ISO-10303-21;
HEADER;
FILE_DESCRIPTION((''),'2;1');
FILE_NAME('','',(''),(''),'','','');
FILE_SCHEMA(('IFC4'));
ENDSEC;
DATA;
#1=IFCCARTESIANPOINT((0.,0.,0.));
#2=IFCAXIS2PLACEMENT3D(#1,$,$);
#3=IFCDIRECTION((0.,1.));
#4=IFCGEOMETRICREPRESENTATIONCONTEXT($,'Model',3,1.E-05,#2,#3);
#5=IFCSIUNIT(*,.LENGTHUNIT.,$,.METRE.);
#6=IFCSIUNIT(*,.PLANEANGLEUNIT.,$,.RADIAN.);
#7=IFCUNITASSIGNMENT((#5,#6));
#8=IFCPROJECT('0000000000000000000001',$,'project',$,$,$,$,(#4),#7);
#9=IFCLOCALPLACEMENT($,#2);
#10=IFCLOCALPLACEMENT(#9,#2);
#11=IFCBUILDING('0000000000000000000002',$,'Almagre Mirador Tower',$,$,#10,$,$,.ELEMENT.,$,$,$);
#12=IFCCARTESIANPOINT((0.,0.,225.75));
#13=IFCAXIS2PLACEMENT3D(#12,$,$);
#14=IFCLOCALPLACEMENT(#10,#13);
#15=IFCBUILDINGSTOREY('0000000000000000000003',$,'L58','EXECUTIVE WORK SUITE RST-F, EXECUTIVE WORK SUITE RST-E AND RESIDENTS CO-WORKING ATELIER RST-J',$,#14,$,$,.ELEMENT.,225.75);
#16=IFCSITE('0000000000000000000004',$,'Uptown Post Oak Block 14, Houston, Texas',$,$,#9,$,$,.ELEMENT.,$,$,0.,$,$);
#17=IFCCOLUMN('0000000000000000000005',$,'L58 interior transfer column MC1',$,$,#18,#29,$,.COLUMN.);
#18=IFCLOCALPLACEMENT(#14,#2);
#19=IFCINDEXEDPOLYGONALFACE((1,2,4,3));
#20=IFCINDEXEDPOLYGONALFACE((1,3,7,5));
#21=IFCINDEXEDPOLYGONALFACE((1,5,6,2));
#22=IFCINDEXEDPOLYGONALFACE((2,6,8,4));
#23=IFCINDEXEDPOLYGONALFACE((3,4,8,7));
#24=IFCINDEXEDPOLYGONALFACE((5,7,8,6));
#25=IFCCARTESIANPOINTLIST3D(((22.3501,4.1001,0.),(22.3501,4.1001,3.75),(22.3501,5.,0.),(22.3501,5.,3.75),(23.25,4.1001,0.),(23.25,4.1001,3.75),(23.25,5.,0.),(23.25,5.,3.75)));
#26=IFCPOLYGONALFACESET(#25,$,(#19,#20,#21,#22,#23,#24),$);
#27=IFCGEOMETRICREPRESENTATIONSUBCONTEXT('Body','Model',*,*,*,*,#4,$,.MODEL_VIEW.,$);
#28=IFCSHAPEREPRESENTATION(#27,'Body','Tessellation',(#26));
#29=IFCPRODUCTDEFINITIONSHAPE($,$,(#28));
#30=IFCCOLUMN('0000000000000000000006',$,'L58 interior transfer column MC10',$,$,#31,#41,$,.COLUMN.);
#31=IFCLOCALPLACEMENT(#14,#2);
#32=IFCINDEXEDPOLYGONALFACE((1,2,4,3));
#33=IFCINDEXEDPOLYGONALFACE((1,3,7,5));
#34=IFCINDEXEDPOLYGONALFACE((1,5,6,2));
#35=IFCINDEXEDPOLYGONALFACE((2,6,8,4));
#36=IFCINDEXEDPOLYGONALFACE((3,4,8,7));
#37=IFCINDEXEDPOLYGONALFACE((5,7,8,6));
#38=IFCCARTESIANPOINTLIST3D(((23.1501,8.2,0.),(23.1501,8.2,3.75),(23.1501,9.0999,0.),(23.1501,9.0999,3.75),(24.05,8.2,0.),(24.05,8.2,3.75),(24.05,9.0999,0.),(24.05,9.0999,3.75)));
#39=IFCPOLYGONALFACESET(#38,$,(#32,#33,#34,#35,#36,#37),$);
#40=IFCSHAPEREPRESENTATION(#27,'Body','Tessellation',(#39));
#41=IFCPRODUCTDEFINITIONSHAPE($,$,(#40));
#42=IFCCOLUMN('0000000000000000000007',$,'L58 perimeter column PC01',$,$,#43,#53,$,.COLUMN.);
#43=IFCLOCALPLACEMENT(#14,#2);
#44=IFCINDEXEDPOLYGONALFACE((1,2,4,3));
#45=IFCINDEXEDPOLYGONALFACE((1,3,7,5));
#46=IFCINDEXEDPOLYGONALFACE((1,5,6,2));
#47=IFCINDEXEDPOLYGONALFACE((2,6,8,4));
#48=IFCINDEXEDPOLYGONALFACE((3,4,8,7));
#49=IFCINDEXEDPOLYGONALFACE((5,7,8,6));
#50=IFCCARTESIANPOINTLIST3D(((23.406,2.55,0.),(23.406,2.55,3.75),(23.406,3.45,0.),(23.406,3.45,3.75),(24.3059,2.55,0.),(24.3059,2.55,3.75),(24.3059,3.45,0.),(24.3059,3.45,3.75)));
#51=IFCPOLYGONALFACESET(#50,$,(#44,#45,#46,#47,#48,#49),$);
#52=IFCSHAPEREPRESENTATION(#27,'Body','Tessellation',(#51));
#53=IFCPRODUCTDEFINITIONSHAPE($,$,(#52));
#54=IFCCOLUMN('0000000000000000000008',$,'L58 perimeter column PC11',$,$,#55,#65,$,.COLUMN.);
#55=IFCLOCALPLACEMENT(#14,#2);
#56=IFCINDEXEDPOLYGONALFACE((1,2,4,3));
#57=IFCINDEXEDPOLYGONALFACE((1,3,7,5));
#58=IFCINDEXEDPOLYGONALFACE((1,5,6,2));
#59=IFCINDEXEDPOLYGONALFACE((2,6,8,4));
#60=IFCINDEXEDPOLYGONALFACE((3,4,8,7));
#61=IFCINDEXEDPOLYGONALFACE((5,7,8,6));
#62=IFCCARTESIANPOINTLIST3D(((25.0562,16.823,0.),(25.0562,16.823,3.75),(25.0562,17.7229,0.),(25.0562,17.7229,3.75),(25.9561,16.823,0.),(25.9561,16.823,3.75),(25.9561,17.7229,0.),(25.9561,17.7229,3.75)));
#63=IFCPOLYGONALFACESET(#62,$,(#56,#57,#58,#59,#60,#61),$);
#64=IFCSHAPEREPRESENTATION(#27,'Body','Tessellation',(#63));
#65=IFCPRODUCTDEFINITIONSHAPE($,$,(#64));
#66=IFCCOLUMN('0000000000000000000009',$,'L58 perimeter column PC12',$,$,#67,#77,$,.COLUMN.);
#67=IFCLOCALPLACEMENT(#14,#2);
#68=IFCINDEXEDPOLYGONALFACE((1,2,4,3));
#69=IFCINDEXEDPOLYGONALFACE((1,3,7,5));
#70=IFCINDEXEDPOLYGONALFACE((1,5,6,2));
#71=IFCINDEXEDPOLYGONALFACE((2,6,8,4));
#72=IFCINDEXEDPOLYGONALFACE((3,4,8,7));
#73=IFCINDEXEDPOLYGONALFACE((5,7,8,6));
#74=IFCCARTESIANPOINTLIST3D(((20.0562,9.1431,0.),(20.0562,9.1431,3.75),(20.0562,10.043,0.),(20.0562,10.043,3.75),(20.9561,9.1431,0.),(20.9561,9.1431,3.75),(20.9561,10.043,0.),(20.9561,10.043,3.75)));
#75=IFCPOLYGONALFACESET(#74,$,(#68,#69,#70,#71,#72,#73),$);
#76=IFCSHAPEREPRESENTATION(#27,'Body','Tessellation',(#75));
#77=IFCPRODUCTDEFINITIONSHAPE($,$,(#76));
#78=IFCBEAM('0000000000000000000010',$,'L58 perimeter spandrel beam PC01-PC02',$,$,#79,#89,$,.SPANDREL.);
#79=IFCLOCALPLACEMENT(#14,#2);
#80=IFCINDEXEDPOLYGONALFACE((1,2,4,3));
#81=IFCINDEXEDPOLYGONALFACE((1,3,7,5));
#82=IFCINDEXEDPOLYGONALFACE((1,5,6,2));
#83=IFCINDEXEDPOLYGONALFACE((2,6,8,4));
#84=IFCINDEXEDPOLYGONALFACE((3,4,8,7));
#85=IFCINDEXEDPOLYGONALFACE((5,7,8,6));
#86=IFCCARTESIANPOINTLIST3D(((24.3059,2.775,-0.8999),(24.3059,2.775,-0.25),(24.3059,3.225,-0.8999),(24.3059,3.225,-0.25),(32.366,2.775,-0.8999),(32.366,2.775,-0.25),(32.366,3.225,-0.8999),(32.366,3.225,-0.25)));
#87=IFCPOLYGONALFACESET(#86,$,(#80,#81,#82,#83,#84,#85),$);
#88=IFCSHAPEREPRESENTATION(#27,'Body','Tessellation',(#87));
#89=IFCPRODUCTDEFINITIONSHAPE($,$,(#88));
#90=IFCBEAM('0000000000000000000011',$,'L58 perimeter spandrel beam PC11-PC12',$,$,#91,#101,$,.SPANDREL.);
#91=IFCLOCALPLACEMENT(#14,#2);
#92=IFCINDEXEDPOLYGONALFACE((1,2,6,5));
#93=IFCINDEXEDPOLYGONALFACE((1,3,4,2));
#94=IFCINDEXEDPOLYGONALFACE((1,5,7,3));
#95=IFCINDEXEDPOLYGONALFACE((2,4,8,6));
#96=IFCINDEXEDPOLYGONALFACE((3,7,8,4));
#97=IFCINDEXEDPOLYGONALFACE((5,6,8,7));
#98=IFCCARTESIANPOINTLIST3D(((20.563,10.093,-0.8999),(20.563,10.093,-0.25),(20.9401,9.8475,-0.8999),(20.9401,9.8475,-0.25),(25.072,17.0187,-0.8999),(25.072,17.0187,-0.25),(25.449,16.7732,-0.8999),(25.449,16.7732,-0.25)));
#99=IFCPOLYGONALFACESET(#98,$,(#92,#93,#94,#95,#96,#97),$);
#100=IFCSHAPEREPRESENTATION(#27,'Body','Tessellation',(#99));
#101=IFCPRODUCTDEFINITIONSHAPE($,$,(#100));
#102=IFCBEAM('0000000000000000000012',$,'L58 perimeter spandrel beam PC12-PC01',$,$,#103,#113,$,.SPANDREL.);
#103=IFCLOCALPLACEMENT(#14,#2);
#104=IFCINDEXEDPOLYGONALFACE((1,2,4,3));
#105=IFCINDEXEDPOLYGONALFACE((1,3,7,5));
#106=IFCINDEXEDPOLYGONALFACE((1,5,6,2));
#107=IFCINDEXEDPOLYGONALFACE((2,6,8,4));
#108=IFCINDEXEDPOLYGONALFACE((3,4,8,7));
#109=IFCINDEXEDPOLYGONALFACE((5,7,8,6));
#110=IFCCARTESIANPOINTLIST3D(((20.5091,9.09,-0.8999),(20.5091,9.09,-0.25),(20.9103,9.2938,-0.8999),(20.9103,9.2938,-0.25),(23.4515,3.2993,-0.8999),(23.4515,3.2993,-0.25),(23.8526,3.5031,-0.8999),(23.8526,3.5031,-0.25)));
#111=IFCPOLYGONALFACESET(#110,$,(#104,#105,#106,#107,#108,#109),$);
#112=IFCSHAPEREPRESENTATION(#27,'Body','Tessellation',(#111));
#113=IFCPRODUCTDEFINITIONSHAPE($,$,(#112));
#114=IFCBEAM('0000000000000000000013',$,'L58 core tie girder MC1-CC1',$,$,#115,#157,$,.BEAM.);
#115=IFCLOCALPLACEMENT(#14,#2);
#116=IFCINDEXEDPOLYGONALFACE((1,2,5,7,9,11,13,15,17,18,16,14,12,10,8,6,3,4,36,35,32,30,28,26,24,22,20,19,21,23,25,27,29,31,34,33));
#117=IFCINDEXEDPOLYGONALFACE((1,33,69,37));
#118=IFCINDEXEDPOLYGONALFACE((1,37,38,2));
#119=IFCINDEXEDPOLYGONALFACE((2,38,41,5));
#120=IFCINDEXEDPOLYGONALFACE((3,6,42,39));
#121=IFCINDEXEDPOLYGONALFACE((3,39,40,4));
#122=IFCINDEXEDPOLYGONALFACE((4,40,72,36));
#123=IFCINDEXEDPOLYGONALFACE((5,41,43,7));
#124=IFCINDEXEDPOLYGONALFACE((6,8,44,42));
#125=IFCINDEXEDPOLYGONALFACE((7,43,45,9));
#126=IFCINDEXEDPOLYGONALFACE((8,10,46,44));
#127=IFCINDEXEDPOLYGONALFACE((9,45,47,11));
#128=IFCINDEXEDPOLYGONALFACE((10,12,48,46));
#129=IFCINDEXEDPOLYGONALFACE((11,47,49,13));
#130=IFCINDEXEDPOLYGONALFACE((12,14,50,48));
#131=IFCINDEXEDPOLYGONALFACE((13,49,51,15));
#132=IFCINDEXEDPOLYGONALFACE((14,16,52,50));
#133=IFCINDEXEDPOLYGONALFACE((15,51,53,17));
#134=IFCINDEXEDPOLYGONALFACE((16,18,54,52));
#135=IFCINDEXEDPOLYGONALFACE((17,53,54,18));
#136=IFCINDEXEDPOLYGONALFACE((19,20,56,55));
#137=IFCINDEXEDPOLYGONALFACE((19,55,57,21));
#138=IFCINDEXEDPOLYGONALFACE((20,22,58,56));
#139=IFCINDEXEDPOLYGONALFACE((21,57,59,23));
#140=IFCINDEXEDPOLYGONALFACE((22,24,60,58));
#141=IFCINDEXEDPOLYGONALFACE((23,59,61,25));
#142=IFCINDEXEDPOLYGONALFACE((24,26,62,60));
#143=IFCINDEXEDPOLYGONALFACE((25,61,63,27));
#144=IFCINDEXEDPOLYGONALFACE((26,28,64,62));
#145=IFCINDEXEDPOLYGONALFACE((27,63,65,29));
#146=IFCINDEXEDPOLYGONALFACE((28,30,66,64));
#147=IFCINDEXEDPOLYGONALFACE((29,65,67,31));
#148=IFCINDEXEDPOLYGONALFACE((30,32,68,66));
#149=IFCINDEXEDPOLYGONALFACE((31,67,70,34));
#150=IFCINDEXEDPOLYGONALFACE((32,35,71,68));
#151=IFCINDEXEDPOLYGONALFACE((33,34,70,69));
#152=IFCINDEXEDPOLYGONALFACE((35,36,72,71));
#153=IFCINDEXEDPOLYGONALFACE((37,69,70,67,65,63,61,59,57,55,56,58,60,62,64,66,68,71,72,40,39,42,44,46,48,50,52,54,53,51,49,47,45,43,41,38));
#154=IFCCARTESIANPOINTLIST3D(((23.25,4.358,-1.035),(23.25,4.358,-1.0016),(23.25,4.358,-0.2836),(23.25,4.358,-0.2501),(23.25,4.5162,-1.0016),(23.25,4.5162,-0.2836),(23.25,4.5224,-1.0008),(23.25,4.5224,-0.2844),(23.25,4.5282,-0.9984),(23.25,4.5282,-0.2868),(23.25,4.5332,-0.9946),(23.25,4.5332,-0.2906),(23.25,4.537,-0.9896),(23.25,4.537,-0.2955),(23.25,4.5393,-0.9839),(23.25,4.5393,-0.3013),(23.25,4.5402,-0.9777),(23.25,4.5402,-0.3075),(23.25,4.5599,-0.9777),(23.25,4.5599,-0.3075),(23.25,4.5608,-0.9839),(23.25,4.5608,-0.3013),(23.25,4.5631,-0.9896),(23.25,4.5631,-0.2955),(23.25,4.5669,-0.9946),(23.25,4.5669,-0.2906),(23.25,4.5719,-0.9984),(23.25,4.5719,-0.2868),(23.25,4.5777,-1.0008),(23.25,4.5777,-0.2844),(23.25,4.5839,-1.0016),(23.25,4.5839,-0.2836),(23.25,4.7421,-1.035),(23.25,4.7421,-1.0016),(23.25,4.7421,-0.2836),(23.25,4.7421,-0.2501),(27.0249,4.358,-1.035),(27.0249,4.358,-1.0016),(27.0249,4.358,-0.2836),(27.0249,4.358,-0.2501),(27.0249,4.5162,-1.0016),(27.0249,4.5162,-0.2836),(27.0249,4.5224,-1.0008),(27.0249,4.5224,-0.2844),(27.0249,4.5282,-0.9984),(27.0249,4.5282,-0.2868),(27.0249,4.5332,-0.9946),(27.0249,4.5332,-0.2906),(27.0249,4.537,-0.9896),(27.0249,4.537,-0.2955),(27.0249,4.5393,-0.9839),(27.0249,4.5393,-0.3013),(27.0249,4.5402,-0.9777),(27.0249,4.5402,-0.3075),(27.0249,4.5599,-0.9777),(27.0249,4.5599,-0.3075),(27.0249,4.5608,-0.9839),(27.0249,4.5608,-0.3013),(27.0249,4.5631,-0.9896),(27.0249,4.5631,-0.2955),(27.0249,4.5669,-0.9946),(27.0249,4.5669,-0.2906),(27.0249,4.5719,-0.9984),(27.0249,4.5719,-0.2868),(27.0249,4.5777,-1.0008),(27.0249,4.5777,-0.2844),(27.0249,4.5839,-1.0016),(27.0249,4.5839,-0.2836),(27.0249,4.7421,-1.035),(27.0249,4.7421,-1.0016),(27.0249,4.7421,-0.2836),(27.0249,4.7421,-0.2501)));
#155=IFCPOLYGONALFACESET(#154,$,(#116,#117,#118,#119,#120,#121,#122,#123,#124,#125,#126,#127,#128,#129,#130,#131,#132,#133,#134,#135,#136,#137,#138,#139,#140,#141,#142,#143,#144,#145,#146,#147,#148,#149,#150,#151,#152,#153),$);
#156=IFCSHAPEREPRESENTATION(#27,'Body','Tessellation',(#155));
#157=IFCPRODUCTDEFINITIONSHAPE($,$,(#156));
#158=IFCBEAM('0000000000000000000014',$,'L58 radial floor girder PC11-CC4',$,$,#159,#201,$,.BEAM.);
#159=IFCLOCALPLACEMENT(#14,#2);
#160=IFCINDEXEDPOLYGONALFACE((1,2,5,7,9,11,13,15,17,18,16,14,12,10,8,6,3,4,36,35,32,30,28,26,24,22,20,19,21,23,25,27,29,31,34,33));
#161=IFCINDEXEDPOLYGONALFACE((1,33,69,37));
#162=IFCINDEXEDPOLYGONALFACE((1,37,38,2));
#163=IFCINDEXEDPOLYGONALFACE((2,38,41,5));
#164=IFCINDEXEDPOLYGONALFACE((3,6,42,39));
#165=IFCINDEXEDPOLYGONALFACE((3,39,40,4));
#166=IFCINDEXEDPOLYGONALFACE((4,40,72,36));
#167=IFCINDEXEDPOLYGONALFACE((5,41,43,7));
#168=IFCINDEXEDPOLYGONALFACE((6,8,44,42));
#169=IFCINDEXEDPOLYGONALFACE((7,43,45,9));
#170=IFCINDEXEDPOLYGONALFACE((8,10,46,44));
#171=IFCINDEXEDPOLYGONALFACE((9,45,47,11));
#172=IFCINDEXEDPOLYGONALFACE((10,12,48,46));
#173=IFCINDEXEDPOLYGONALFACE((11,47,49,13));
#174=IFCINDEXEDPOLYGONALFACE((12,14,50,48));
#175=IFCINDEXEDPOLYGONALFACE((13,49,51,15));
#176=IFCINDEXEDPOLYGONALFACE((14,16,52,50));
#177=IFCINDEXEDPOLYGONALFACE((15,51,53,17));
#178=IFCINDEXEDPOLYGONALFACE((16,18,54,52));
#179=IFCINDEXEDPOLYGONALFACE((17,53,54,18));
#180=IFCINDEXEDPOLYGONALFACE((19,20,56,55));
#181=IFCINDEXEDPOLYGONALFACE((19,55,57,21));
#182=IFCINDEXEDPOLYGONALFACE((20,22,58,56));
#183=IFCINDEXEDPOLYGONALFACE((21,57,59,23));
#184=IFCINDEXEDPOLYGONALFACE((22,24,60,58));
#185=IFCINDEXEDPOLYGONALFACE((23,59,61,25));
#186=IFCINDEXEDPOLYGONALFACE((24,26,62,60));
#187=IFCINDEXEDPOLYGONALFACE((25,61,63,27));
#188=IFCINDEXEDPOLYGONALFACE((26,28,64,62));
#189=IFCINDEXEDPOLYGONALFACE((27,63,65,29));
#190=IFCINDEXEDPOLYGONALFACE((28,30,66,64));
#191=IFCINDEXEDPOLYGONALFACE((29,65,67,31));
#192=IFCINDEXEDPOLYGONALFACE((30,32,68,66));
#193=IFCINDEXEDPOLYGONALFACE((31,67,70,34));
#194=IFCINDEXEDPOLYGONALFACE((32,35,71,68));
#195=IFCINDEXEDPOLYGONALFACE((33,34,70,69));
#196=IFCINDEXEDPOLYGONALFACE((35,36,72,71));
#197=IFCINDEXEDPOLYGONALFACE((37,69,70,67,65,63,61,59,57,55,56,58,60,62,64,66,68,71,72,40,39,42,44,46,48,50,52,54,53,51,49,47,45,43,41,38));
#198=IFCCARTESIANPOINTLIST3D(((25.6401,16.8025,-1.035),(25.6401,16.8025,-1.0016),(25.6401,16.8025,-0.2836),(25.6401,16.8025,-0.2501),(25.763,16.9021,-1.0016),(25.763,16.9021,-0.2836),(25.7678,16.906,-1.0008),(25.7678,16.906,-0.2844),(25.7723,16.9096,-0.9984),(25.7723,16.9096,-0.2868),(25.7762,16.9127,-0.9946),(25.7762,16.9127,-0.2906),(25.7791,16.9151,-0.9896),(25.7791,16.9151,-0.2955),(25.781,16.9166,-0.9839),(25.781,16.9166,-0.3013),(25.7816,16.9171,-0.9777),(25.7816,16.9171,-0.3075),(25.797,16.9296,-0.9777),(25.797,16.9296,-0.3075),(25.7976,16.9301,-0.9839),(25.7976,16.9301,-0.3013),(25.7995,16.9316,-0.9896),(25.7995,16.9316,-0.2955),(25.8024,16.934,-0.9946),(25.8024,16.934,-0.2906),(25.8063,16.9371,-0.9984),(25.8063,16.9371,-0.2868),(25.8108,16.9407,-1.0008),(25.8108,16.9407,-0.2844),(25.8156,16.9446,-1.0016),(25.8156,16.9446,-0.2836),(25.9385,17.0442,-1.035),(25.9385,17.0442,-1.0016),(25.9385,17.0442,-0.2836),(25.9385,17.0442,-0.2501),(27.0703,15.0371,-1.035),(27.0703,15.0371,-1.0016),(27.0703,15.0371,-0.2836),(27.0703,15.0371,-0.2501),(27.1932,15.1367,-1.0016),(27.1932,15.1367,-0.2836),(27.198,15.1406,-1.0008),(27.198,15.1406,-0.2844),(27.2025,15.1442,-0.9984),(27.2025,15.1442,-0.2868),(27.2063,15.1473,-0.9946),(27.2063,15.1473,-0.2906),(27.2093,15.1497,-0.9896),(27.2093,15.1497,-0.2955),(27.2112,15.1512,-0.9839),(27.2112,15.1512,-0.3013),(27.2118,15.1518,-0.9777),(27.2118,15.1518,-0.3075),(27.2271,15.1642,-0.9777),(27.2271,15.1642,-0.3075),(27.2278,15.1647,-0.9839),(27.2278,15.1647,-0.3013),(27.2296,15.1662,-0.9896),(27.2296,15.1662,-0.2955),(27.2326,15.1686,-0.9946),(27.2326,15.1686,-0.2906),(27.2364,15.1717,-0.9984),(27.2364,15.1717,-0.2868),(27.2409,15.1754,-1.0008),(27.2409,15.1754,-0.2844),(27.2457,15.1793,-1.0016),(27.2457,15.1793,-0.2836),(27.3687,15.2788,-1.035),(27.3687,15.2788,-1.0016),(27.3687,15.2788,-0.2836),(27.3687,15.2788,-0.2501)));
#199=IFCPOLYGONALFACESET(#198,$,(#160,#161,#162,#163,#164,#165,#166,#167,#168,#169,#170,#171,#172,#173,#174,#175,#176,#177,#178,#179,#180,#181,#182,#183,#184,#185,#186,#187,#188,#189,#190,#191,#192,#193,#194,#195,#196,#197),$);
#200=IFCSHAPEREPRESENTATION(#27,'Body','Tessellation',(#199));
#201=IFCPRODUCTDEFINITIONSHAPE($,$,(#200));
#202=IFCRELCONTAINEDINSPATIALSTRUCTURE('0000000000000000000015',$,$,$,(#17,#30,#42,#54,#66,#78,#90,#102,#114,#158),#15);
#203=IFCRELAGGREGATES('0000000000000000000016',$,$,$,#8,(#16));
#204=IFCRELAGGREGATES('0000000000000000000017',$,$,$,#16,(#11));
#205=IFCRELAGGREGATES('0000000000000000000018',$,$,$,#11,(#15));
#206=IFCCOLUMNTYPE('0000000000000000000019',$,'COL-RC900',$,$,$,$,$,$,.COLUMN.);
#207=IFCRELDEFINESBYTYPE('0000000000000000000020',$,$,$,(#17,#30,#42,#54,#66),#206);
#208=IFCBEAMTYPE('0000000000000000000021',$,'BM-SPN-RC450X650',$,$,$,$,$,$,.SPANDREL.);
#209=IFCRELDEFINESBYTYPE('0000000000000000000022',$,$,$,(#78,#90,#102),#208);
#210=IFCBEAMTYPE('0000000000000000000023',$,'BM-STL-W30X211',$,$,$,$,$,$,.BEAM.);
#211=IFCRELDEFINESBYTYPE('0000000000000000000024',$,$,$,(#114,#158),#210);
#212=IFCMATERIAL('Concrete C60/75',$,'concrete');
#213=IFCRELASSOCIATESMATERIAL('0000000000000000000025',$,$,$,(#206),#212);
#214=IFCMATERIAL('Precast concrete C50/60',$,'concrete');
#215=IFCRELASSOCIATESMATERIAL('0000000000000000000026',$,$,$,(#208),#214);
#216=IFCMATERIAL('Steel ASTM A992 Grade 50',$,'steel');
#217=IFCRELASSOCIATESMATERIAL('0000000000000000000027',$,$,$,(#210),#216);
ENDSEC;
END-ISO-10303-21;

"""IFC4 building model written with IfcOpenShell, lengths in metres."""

from ifc_helpers import new_model, si_unit, direction, frame, origin, origin_2d, place, context, subcontext, project, spatial, rectangle, i_section, extrude, material, material_profile, profile_set, type_object, element, save


model = new_model("IFC4")

# Units and contexts
model_context = context("Model", 3, precision=1e-05, world=origin(), true_north=direction((0.0, 1.0)))
body_context = subcontext(model_context, "Body", "Model", "MODEL_VIEW")
ifc_project = project(units=[si_unit("LENGTHUNIT", "METRE"), si_unit("PLANEANGLEUNIT", "RADIAN")], contexts=[model_context])

# Site, building, storey
site_placement = place(None, origin())
site = spatial("IfcSite", under=ifc_project, at=site_placement, Name="Uptown Post Oak Block 14, Houston, Texas", CompositionType="ELEMENT", RefElevation=0.0)
building_placement = place(site_placement, origin())
building = spatial("IfcBuilding", under=site, at=building_placement, Name="Almagre Mirador Tower", CompositionType="ELEMENT")
storey_placement = place(building_placement, frame((0.0, 0.0, 225.75)))
storey = spatial("IfcBuildingStorey", under=building, at=storey_placement, Name="L58", Description="EXECUTIVE WORK SUITE RST-F, EXECUTIVE WORK SUITE RST-E AND RESIDENTS CO-WORKING ATELIER RST-J", CompositionType="ELEMENT", Elevation=225.75)

# Columns
ifc_material_1 = material(Name="Concrete C60/75", Category="concrete")
ifc_material_profile_1 = material_profile(ifc_material_1, rectangle(XDim=0.8999, YDim=0.8999, at=origin_2d()), Name="RC900X900")
ifc_profile_set_1 = profile_set([ifc_material_profile_1], Name="Concrete C60/75")
column_type = type_object("IfcColumnType", Name="COL-RC900", PredefinedType="COLUMN", material=ifc_profile_set_1)
for number, where, z_axis, x_axis, name in (
    (1, (22.8, 4.55, 0.0), (0.0, 0.0, 1.0), (1.0, 0.0, 0.0), "L58 interior transfer column MC1"),
    (2, (23.6001, 8.6499, 0.0), (0.0, 0.0, 1.0), (1.0, 0.0, 0.0), "L58 interior transfer column MC10"),
    (3, (23.856, 3.0, 0.0), (0.0, 0.0, 1.0), (1.0, 0.0, 0.0), "L58 perimeter column PC01"),
    (4, (25.5061, 17.2729, 0.0), (0.0, 0.0, 1.0), (1.0, 0.0, 0.0), "L58 perimeter column PC11"),
    (5, (20.5061, 9.593, 0.0), (0.0, 0.0, 1.0), (1.0, 0.0, 0.0), "L58 perimeter column PC12"),
):
    element("IfcColumn", number, at=place(storey_placement, frame(where, z_axis=z_axis, x_axis=x_axis)), inside=storey, type_object=column_type, Name=name, PredefinedType="COLUMN", context=body_context, shape_type="SweptSolid", body=[
        extrude(rectangle(XDim=0.8999, YDim=0.8999, at=origin_2d()), origin(), (0.0, 0.0, 1.0), 3.75),
    ])

# Beams
ifc_material_2 = material(Name="Precast concrete C50/60", Category="concrete")
ifc_material_profile_2 = material_profile(ifc_material_2, rectangle(XDim=0.45, YDim=0.6499, at=origin_2d()), Name="RC450X650")
ifc_profile_set_2 = profile_set([ifc_material_profile_2], Name="Precast concrete C50/60")
beam_type_1 = type_object("IfcBeamType", Name="BM-SPN-RC450X650", PredefinedType="SPANDREL", material=ifc_profile_set_2)
beam_1_placement = place(storey_placement, frame((24.3059, 3.0, -0.575), z_axis=(1.0, 0.0, 0.0), x_axis=(0.0, 1.0, 0.0)))
element("IfcBeam", 6, at=beam_1_placement, inside=storey, type_object=beam_type_1, Name="L58 perimeter spandrel beam PC01-PC02", PredefinedType="SPANDREL", context=body_context, shape_type="SweptSolid", body=[
    extrude(rectangle(XDim=0.45, YDim=0.6499, at=origin_2d()), origin(), (0.0, 0.0, 1.0), 8.0601),
])
beam_2_placement = place(storey_placement, frame((25.2605, 16.896, -0.575), z_axis=(-0.545607, -0.838041, 0.0), x_axis=(0.838041, -0.545607, 0.0)))
element("IfcBeam", 7, at=beam_2_placement, inside=storey, type_object=beam_type_1, Name="L58 perimeter spandrel beam PC11-PC12", PredefinedType="SPANDREL", context=body_context, shape_type="SweptSolid", body=[
    extrude(rectangle(XDim=0.45, YDim=0.6499, at=origin_2d()), origin(), (0.0, 0.0, 1.0), 8.2642),
])
beam_3_placement = place(storey_placement, frame((20.7097, 9.1919, -0.575), z_axis=(0.452993, -0.891514, 0.0), x_axis=(0.891514, 0.452993, 0.0)))
element("IfcBeam", 8, at=beam_3_placement, inside=storey, type_object=beam_type_1, Name="L58 perimeter spandrel beam PC12-PC01", PredefinedType="SPANDREL", context=body_context, shape_type="SweptSolid", body=[
    extrude(rectangle(XDim=0.45, YDim=0.6499, at=origin_2d()), origin(), (0.0, 0.0, 1.0), 6.4954),
])
ifc_material_3 = material(Name="Steel ASTM A992 Grade 50", Category="steel")
ifc_material_profile_3 = material_profile(ifc_material_3, i_section(OverallWidth=0.384, OverallDepth=0.7849, WebThickness=0.0198, FlangeThickness=0.0334, FilletRadius=0.0239, at=origin_2d()), Name="W30X211")
ifc_profile_set_3 = profile_set([ifc_material_profile_3], Name="Steel ASTM A992 Grade 50")
beam_type_2 = type_object("IfcBeamType", Name="BM-STL-W30X211", PredefinedType="BEAM", material=ifc_profile_set_3)
beam_4_placement = place(storey_placement, frame((23.25, 4.55, -0.6426), z_axis=(1.0, 0.0, 0.0), x_axis=(0.0, 1.0, 0.0)))
element("IfcBeam", 9, at=beam_4_placement, inside=storey, type_object=beam_type_2, Name="L58 core tie girder MC1-CC1", PredefinedType="BEAM", context=body_context, shape_type="SweptSolid", body=[
    extrude(i_section(OverallWidth=0.384, OverallDepth=0.7849, WebThickness=0.0198, FlangeThickness=0.0334, FilletRadius=0.0239, at=origin_2d()), origin(), (0.0, 0.0, 1.0), 3.7749),
])
beam_5_placement = place(storey_placement, frame((25.7893, 16.9233, -0.6426), z_axis=(0.629479, -0.777017, 0.0), x_axis=(0.777017, 0.629479, 0.0)))
element("IfcBeam", 10, at=beam_5_placement, inside=storey, type_object=beam_type_2, Name="L58 radial floor girder PC11-CC4", PredefinedType="BEAM", context=body_context, shape_type="SweptSolid", body=[
    extrude(i_section(OverallWidth=0.384, OverallDepth=0.7849, WebThickness=0.0198, FlangeThickness=0.0334, FilletRadius=0.0239, at=origin_2d()), origin(), (0.0, 0.0, 1.0), 2.272),
])

save(model, "model.ifc")
